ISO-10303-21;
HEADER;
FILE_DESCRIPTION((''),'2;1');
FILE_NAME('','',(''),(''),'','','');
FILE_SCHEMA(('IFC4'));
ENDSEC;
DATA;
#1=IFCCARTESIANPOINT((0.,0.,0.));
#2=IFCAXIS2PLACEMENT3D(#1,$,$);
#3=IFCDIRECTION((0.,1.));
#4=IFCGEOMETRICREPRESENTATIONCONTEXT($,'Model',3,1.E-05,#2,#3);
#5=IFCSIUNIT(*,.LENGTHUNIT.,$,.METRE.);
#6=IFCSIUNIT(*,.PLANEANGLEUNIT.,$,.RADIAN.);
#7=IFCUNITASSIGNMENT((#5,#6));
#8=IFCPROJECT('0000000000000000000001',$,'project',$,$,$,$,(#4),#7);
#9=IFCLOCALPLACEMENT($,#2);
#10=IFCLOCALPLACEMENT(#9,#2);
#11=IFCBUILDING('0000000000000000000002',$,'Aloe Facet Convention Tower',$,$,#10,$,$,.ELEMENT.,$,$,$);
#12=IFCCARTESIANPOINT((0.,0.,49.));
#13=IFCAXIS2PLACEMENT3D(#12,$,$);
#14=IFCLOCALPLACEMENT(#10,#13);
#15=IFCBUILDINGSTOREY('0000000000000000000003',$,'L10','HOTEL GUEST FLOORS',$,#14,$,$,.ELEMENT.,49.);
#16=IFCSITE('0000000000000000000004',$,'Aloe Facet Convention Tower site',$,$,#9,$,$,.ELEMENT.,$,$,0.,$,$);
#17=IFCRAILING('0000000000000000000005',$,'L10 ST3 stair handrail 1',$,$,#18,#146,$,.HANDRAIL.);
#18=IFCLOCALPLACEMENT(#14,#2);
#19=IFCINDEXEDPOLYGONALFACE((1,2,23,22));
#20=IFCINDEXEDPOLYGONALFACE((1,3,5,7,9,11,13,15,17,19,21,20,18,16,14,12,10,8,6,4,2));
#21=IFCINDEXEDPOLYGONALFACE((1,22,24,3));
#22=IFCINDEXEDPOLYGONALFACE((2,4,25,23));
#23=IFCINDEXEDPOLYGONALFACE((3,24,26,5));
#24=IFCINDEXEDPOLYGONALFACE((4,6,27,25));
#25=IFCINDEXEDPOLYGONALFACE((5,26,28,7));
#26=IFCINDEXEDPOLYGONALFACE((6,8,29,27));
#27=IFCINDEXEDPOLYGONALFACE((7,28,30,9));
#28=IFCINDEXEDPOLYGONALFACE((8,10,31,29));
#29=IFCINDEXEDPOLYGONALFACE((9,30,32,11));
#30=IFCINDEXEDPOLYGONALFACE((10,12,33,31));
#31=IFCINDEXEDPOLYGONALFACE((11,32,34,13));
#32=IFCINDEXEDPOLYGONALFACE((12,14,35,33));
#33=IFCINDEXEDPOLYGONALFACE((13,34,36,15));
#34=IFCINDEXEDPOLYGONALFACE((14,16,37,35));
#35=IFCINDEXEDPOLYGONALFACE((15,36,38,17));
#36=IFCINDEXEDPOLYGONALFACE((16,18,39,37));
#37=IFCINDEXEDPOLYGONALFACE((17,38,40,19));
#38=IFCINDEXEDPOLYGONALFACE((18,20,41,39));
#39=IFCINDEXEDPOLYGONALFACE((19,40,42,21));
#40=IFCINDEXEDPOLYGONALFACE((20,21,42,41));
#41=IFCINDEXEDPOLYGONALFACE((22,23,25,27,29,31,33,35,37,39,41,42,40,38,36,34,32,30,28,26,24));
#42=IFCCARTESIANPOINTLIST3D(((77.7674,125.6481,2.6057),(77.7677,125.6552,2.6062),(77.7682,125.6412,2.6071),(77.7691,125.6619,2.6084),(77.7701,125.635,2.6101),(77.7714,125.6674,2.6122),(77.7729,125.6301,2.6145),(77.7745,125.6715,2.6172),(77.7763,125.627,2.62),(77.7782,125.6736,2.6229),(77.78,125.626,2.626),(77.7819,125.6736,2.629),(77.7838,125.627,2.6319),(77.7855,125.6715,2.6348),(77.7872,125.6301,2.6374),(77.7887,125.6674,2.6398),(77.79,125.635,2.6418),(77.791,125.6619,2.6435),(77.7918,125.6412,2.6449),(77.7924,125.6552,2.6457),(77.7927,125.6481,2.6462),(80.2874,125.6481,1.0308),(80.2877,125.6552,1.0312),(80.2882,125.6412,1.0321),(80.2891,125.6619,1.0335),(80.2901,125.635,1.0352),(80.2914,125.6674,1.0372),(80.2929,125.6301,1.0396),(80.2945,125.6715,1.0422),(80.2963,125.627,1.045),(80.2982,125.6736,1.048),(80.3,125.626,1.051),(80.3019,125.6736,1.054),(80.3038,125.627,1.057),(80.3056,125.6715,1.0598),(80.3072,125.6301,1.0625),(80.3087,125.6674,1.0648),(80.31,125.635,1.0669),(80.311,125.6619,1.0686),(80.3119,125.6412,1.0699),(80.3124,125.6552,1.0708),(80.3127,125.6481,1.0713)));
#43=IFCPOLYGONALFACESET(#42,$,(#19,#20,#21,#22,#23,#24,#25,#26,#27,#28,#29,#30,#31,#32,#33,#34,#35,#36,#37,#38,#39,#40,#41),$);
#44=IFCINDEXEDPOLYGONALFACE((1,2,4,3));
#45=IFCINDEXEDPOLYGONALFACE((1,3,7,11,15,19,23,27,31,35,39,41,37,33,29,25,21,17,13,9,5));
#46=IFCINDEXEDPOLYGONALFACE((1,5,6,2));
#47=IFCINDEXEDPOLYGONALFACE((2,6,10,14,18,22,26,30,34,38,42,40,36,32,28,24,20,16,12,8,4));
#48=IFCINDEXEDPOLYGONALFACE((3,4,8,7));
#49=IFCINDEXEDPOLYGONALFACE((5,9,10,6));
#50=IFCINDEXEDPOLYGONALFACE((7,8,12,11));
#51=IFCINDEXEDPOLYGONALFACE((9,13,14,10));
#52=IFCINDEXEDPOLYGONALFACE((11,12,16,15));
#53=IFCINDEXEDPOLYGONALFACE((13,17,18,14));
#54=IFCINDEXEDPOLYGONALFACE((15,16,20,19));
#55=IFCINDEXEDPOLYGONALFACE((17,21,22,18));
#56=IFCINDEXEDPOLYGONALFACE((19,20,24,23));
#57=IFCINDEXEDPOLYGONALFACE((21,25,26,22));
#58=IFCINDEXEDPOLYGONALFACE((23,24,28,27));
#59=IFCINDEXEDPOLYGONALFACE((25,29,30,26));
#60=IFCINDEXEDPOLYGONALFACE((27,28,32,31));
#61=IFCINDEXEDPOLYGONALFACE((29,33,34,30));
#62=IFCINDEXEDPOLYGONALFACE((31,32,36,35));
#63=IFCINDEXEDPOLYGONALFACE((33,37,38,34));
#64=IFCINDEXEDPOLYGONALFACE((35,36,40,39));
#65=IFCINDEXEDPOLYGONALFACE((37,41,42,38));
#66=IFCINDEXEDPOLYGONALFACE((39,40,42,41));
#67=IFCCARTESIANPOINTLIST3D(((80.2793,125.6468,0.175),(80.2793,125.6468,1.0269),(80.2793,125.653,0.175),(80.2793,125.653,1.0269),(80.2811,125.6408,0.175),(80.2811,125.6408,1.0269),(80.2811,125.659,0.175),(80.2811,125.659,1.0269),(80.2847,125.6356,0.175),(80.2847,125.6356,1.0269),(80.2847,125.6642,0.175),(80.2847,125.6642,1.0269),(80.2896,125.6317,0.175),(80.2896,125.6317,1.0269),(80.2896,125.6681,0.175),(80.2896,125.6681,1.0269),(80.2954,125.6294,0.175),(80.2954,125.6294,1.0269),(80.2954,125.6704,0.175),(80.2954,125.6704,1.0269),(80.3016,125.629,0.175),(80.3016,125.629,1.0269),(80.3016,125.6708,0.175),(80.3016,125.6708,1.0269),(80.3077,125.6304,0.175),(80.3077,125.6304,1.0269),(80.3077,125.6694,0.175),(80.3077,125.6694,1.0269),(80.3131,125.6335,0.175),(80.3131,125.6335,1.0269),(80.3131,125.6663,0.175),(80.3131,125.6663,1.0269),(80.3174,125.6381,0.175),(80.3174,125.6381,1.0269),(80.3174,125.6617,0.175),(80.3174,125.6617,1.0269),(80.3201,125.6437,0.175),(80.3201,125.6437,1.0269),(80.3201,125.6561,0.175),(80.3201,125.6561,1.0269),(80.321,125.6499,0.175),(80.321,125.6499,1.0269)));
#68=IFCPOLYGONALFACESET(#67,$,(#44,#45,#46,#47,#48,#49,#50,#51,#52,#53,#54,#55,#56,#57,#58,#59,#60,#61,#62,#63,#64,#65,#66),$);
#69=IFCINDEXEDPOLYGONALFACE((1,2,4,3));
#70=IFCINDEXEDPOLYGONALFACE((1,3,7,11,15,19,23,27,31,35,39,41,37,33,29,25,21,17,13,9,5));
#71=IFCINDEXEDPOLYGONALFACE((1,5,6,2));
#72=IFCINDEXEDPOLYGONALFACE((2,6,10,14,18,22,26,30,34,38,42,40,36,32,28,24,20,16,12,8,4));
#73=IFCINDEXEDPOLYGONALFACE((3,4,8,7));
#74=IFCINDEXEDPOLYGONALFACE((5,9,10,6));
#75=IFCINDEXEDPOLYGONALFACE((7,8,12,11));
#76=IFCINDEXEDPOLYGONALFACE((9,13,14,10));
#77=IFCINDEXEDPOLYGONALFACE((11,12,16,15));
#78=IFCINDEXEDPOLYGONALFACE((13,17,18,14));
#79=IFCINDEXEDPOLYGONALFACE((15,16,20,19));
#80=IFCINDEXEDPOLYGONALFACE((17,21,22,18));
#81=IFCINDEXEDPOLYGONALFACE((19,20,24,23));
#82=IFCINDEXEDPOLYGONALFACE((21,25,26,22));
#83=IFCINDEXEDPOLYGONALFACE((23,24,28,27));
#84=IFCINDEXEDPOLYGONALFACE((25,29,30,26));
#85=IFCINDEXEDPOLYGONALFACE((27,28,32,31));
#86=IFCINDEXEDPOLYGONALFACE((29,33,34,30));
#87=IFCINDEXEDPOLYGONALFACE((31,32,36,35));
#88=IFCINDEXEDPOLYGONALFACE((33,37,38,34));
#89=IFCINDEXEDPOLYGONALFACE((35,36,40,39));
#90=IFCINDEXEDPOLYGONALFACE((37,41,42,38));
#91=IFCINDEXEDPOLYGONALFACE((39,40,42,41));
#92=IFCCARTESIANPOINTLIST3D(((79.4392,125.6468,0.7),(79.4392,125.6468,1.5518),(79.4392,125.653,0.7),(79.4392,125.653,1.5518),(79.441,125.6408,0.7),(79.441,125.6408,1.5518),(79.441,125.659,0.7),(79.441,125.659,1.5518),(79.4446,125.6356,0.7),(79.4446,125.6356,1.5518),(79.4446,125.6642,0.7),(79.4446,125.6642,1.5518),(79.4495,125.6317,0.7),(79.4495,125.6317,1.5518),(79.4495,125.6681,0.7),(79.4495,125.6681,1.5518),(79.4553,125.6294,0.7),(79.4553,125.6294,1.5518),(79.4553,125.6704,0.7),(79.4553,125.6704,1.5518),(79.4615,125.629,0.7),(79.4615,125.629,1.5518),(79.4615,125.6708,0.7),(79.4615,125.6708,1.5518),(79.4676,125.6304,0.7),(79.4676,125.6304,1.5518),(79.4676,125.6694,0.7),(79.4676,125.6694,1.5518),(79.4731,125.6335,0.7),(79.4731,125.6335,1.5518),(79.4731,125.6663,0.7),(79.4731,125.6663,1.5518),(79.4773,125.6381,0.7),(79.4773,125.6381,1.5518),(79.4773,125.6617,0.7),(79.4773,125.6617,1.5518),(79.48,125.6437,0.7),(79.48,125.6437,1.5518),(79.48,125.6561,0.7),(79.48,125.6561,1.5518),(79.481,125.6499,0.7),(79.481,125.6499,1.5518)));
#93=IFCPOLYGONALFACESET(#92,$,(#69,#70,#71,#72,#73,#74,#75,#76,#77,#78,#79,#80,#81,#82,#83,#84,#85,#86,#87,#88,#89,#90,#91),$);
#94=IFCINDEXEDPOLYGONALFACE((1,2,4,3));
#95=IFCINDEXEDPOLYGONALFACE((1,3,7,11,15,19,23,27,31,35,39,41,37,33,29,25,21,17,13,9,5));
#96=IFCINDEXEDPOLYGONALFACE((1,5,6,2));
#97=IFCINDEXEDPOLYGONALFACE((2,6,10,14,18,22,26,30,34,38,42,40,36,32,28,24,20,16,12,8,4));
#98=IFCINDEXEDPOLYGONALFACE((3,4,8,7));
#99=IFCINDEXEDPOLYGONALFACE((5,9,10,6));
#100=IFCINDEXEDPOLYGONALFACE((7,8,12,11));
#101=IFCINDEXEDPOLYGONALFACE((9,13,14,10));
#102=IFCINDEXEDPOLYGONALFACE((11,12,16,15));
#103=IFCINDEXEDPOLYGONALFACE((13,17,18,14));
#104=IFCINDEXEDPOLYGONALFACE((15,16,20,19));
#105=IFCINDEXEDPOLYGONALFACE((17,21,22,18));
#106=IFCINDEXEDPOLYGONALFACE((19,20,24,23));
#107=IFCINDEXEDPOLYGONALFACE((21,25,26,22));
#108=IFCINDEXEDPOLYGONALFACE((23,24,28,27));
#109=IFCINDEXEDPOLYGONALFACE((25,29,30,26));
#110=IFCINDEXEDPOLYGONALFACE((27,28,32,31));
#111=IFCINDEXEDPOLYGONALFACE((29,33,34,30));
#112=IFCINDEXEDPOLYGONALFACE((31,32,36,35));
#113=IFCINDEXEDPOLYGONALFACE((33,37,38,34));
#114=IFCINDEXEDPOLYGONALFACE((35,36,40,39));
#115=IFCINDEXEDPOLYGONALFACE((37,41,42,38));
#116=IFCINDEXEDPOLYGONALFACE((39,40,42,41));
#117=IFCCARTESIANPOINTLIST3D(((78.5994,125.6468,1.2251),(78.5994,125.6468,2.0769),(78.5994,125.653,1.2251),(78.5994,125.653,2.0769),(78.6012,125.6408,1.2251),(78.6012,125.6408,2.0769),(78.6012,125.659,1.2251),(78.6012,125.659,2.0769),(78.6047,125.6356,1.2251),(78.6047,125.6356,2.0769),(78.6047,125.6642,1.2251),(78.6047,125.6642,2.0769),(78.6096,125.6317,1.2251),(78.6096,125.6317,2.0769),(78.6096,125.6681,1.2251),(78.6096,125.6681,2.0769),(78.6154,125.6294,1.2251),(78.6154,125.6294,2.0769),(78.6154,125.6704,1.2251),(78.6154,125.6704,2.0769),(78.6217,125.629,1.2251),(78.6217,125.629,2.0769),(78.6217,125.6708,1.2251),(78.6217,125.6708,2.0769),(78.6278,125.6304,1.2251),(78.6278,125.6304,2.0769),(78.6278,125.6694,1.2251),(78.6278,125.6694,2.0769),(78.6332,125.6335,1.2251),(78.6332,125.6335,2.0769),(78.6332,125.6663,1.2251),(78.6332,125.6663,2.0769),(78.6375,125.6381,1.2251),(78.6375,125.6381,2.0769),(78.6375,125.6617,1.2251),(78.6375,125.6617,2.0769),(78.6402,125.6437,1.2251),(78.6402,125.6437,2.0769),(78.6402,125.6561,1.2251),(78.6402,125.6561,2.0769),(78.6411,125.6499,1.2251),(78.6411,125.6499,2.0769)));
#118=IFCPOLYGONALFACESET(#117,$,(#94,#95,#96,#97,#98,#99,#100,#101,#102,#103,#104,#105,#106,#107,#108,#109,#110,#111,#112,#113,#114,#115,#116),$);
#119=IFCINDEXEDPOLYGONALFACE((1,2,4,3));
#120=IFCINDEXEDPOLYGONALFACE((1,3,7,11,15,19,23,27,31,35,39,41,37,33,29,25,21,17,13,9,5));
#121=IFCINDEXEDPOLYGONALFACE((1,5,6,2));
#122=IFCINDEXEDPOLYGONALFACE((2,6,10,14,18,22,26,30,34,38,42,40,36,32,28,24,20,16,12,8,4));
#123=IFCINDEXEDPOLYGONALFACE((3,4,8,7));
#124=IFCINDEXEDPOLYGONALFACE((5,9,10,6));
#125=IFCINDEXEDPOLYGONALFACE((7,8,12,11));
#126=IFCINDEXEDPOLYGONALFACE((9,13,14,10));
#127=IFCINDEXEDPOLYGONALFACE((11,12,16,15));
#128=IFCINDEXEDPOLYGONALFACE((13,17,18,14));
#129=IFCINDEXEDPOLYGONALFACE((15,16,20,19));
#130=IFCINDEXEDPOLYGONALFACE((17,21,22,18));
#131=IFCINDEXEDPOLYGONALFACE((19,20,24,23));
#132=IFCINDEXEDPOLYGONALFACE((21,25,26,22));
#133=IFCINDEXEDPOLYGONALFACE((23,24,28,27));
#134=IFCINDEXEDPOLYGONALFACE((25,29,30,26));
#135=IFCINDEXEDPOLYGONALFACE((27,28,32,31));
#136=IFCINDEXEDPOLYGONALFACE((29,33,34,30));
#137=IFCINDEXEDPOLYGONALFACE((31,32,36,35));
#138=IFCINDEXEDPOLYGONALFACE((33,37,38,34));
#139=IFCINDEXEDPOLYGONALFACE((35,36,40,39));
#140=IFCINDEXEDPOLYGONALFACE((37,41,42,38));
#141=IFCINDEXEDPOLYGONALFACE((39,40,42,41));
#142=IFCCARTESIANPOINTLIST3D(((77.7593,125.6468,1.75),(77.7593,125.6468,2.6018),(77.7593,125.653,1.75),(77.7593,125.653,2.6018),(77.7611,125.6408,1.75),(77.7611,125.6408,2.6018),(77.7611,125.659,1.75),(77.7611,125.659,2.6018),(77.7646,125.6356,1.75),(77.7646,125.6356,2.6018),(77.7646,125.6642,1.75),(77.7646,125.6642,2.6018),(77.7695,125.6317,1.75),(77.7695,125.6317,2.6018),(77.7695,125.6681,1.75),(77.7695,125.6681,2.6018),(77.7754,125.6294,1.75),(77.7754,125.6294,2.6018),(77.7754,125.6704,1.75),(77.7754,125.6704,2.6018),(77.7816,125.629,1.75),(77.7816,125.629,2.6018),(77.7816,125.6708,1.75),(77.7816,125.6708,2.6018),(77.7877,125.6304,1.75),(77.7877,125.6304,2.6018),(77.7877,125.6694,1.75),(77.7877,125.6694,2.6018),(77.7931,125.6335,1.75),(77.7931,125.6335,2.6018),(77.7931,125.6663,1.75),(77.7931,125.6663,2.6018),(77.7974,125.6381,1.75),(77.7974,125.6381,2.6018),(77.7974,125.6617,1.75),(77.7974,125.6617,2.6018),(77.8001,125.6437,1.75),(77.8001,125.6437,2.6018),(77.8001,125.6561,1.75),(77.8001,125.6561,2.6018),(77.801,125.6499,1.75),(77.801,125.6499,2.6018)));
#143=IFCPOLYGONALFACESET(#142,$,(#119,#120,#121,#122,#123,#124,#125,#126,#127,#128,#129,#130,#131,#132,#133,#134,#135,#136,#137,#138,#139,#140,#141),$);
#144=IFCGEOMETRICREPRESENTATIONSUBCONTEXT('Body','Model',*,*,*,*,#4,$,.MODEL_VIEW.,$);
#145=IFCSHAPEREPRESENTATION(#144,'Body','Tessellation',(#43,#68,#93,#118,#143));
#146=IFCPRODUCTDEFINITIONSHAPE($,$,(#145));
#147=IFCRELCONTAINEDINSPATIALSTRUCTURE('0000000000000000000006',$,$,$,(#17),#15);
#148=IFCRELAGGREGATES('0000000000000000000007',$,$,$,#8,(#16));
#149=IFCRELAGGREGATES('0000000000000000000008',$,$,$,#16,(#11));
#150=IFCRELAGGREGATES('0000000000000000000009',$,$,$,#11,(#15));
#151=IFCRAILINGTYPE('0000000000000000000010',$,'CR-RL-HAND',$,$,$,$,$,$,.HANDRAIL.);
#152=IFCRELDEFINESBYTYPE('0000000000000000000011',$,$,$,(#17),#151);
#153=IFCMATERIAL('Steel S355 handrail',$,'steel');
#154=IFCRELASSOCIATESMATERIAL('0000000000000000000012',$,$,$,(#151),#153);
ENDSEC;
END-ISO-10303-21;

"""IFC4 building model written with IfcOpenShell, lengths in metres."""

from ifc_helpers import new_model, si_unit, direction, frame, origin, origin_2d, place, context, subcontext, project, spatial, circle, extrude, material, type_object, element, save


model = new_model("IFC4")

# Units and contexts
model_context = context("Model", 3, precision=1e-05, world=origin(), true_north=direction((0.0, 1.0)))
body_context = subcontext(model_context, "Body", "Model", "MODEL_VIEW")
ifc_project = project(units=[si_unit("LENGTHUNIT", "METRE"), si_unit("PLANEANGLEUNIT", "RADIAN")], contexts=[model_context])

# Site, building, storey
site_placement = place(None, origin())
site = spatial("IfcSite", under=ifc_project, at=site_placement, Name="Aloe Facet Convention Tower site", CompositionType="ELEMENT", RefElevation=0.0)
building_placement = place(site_placement, origin())
building = spatial("IfcBuilding", under=site, at=building_placement, Name="Aloe Facet Convention Tower", CompositionType="ELEMENT")
storey_placement = place(building_placement, frame((0.0, 0.0, 49.0)))
storey = spatial("IfcBuildingStorey", under=building, at=storey_placement, Name="L10", Description="HOTEL GUEST FLOORS", CompositionType="ELEMENT", Elevation=49.0)

# Railing
ifc_material_1 = material(Name="Steel S355 handrail", Category="steel")
railing_type_1 = type_object("IfcRailingType", Name="CR-RL-HAND", PredefinedType="HANDRAIL", material=ifc_material_1)
railing_1_placement = place(storey_placement, frame((80.3, 125.6499, 0.175)))
element("IfcRailing", 1, at=railing_1_placement, inside=storey, type_object=railing_type_1, Name="L10 ST3 stair handrail 1", PredefinedType="HANDRAIL", context=body_context, shape_type="SweptSolid", body=[
    extrude(circle(Radius=0.0239, at=origin_2d()), frame((0.0, 0.0, 0.876), z_axis=(-0.848008, 0.0, 0.529984), x_axis=(0.0, -1.0, 0.0)), (0.0, 0.0, 1.0), 2.9717),
    extrude(circle(Radius=0.021, at=origin_2d()), origin(), (0.0, 0.0, 1.0), 0.8518),
    extrude(circle(Radius=0.021, at=origin_2d()), frame((-0.8401, 0.0, 0.5249)), (0.0, 0.0, 1.0), 0.8518),
    extrude(circle(Radius=0.021, at=origin_2d()), frame((-1.6799, 0.0, 1.05)), (0.0, 0.0, 1.0), 0.8518),
    extrude(circle(Radius=0.021, at=origin_2d()), frame((-2.52, 0.0, 1.575)), (0.0, 0.0, 1.0), 0.8518),
])

save(model, "model.ifc")
